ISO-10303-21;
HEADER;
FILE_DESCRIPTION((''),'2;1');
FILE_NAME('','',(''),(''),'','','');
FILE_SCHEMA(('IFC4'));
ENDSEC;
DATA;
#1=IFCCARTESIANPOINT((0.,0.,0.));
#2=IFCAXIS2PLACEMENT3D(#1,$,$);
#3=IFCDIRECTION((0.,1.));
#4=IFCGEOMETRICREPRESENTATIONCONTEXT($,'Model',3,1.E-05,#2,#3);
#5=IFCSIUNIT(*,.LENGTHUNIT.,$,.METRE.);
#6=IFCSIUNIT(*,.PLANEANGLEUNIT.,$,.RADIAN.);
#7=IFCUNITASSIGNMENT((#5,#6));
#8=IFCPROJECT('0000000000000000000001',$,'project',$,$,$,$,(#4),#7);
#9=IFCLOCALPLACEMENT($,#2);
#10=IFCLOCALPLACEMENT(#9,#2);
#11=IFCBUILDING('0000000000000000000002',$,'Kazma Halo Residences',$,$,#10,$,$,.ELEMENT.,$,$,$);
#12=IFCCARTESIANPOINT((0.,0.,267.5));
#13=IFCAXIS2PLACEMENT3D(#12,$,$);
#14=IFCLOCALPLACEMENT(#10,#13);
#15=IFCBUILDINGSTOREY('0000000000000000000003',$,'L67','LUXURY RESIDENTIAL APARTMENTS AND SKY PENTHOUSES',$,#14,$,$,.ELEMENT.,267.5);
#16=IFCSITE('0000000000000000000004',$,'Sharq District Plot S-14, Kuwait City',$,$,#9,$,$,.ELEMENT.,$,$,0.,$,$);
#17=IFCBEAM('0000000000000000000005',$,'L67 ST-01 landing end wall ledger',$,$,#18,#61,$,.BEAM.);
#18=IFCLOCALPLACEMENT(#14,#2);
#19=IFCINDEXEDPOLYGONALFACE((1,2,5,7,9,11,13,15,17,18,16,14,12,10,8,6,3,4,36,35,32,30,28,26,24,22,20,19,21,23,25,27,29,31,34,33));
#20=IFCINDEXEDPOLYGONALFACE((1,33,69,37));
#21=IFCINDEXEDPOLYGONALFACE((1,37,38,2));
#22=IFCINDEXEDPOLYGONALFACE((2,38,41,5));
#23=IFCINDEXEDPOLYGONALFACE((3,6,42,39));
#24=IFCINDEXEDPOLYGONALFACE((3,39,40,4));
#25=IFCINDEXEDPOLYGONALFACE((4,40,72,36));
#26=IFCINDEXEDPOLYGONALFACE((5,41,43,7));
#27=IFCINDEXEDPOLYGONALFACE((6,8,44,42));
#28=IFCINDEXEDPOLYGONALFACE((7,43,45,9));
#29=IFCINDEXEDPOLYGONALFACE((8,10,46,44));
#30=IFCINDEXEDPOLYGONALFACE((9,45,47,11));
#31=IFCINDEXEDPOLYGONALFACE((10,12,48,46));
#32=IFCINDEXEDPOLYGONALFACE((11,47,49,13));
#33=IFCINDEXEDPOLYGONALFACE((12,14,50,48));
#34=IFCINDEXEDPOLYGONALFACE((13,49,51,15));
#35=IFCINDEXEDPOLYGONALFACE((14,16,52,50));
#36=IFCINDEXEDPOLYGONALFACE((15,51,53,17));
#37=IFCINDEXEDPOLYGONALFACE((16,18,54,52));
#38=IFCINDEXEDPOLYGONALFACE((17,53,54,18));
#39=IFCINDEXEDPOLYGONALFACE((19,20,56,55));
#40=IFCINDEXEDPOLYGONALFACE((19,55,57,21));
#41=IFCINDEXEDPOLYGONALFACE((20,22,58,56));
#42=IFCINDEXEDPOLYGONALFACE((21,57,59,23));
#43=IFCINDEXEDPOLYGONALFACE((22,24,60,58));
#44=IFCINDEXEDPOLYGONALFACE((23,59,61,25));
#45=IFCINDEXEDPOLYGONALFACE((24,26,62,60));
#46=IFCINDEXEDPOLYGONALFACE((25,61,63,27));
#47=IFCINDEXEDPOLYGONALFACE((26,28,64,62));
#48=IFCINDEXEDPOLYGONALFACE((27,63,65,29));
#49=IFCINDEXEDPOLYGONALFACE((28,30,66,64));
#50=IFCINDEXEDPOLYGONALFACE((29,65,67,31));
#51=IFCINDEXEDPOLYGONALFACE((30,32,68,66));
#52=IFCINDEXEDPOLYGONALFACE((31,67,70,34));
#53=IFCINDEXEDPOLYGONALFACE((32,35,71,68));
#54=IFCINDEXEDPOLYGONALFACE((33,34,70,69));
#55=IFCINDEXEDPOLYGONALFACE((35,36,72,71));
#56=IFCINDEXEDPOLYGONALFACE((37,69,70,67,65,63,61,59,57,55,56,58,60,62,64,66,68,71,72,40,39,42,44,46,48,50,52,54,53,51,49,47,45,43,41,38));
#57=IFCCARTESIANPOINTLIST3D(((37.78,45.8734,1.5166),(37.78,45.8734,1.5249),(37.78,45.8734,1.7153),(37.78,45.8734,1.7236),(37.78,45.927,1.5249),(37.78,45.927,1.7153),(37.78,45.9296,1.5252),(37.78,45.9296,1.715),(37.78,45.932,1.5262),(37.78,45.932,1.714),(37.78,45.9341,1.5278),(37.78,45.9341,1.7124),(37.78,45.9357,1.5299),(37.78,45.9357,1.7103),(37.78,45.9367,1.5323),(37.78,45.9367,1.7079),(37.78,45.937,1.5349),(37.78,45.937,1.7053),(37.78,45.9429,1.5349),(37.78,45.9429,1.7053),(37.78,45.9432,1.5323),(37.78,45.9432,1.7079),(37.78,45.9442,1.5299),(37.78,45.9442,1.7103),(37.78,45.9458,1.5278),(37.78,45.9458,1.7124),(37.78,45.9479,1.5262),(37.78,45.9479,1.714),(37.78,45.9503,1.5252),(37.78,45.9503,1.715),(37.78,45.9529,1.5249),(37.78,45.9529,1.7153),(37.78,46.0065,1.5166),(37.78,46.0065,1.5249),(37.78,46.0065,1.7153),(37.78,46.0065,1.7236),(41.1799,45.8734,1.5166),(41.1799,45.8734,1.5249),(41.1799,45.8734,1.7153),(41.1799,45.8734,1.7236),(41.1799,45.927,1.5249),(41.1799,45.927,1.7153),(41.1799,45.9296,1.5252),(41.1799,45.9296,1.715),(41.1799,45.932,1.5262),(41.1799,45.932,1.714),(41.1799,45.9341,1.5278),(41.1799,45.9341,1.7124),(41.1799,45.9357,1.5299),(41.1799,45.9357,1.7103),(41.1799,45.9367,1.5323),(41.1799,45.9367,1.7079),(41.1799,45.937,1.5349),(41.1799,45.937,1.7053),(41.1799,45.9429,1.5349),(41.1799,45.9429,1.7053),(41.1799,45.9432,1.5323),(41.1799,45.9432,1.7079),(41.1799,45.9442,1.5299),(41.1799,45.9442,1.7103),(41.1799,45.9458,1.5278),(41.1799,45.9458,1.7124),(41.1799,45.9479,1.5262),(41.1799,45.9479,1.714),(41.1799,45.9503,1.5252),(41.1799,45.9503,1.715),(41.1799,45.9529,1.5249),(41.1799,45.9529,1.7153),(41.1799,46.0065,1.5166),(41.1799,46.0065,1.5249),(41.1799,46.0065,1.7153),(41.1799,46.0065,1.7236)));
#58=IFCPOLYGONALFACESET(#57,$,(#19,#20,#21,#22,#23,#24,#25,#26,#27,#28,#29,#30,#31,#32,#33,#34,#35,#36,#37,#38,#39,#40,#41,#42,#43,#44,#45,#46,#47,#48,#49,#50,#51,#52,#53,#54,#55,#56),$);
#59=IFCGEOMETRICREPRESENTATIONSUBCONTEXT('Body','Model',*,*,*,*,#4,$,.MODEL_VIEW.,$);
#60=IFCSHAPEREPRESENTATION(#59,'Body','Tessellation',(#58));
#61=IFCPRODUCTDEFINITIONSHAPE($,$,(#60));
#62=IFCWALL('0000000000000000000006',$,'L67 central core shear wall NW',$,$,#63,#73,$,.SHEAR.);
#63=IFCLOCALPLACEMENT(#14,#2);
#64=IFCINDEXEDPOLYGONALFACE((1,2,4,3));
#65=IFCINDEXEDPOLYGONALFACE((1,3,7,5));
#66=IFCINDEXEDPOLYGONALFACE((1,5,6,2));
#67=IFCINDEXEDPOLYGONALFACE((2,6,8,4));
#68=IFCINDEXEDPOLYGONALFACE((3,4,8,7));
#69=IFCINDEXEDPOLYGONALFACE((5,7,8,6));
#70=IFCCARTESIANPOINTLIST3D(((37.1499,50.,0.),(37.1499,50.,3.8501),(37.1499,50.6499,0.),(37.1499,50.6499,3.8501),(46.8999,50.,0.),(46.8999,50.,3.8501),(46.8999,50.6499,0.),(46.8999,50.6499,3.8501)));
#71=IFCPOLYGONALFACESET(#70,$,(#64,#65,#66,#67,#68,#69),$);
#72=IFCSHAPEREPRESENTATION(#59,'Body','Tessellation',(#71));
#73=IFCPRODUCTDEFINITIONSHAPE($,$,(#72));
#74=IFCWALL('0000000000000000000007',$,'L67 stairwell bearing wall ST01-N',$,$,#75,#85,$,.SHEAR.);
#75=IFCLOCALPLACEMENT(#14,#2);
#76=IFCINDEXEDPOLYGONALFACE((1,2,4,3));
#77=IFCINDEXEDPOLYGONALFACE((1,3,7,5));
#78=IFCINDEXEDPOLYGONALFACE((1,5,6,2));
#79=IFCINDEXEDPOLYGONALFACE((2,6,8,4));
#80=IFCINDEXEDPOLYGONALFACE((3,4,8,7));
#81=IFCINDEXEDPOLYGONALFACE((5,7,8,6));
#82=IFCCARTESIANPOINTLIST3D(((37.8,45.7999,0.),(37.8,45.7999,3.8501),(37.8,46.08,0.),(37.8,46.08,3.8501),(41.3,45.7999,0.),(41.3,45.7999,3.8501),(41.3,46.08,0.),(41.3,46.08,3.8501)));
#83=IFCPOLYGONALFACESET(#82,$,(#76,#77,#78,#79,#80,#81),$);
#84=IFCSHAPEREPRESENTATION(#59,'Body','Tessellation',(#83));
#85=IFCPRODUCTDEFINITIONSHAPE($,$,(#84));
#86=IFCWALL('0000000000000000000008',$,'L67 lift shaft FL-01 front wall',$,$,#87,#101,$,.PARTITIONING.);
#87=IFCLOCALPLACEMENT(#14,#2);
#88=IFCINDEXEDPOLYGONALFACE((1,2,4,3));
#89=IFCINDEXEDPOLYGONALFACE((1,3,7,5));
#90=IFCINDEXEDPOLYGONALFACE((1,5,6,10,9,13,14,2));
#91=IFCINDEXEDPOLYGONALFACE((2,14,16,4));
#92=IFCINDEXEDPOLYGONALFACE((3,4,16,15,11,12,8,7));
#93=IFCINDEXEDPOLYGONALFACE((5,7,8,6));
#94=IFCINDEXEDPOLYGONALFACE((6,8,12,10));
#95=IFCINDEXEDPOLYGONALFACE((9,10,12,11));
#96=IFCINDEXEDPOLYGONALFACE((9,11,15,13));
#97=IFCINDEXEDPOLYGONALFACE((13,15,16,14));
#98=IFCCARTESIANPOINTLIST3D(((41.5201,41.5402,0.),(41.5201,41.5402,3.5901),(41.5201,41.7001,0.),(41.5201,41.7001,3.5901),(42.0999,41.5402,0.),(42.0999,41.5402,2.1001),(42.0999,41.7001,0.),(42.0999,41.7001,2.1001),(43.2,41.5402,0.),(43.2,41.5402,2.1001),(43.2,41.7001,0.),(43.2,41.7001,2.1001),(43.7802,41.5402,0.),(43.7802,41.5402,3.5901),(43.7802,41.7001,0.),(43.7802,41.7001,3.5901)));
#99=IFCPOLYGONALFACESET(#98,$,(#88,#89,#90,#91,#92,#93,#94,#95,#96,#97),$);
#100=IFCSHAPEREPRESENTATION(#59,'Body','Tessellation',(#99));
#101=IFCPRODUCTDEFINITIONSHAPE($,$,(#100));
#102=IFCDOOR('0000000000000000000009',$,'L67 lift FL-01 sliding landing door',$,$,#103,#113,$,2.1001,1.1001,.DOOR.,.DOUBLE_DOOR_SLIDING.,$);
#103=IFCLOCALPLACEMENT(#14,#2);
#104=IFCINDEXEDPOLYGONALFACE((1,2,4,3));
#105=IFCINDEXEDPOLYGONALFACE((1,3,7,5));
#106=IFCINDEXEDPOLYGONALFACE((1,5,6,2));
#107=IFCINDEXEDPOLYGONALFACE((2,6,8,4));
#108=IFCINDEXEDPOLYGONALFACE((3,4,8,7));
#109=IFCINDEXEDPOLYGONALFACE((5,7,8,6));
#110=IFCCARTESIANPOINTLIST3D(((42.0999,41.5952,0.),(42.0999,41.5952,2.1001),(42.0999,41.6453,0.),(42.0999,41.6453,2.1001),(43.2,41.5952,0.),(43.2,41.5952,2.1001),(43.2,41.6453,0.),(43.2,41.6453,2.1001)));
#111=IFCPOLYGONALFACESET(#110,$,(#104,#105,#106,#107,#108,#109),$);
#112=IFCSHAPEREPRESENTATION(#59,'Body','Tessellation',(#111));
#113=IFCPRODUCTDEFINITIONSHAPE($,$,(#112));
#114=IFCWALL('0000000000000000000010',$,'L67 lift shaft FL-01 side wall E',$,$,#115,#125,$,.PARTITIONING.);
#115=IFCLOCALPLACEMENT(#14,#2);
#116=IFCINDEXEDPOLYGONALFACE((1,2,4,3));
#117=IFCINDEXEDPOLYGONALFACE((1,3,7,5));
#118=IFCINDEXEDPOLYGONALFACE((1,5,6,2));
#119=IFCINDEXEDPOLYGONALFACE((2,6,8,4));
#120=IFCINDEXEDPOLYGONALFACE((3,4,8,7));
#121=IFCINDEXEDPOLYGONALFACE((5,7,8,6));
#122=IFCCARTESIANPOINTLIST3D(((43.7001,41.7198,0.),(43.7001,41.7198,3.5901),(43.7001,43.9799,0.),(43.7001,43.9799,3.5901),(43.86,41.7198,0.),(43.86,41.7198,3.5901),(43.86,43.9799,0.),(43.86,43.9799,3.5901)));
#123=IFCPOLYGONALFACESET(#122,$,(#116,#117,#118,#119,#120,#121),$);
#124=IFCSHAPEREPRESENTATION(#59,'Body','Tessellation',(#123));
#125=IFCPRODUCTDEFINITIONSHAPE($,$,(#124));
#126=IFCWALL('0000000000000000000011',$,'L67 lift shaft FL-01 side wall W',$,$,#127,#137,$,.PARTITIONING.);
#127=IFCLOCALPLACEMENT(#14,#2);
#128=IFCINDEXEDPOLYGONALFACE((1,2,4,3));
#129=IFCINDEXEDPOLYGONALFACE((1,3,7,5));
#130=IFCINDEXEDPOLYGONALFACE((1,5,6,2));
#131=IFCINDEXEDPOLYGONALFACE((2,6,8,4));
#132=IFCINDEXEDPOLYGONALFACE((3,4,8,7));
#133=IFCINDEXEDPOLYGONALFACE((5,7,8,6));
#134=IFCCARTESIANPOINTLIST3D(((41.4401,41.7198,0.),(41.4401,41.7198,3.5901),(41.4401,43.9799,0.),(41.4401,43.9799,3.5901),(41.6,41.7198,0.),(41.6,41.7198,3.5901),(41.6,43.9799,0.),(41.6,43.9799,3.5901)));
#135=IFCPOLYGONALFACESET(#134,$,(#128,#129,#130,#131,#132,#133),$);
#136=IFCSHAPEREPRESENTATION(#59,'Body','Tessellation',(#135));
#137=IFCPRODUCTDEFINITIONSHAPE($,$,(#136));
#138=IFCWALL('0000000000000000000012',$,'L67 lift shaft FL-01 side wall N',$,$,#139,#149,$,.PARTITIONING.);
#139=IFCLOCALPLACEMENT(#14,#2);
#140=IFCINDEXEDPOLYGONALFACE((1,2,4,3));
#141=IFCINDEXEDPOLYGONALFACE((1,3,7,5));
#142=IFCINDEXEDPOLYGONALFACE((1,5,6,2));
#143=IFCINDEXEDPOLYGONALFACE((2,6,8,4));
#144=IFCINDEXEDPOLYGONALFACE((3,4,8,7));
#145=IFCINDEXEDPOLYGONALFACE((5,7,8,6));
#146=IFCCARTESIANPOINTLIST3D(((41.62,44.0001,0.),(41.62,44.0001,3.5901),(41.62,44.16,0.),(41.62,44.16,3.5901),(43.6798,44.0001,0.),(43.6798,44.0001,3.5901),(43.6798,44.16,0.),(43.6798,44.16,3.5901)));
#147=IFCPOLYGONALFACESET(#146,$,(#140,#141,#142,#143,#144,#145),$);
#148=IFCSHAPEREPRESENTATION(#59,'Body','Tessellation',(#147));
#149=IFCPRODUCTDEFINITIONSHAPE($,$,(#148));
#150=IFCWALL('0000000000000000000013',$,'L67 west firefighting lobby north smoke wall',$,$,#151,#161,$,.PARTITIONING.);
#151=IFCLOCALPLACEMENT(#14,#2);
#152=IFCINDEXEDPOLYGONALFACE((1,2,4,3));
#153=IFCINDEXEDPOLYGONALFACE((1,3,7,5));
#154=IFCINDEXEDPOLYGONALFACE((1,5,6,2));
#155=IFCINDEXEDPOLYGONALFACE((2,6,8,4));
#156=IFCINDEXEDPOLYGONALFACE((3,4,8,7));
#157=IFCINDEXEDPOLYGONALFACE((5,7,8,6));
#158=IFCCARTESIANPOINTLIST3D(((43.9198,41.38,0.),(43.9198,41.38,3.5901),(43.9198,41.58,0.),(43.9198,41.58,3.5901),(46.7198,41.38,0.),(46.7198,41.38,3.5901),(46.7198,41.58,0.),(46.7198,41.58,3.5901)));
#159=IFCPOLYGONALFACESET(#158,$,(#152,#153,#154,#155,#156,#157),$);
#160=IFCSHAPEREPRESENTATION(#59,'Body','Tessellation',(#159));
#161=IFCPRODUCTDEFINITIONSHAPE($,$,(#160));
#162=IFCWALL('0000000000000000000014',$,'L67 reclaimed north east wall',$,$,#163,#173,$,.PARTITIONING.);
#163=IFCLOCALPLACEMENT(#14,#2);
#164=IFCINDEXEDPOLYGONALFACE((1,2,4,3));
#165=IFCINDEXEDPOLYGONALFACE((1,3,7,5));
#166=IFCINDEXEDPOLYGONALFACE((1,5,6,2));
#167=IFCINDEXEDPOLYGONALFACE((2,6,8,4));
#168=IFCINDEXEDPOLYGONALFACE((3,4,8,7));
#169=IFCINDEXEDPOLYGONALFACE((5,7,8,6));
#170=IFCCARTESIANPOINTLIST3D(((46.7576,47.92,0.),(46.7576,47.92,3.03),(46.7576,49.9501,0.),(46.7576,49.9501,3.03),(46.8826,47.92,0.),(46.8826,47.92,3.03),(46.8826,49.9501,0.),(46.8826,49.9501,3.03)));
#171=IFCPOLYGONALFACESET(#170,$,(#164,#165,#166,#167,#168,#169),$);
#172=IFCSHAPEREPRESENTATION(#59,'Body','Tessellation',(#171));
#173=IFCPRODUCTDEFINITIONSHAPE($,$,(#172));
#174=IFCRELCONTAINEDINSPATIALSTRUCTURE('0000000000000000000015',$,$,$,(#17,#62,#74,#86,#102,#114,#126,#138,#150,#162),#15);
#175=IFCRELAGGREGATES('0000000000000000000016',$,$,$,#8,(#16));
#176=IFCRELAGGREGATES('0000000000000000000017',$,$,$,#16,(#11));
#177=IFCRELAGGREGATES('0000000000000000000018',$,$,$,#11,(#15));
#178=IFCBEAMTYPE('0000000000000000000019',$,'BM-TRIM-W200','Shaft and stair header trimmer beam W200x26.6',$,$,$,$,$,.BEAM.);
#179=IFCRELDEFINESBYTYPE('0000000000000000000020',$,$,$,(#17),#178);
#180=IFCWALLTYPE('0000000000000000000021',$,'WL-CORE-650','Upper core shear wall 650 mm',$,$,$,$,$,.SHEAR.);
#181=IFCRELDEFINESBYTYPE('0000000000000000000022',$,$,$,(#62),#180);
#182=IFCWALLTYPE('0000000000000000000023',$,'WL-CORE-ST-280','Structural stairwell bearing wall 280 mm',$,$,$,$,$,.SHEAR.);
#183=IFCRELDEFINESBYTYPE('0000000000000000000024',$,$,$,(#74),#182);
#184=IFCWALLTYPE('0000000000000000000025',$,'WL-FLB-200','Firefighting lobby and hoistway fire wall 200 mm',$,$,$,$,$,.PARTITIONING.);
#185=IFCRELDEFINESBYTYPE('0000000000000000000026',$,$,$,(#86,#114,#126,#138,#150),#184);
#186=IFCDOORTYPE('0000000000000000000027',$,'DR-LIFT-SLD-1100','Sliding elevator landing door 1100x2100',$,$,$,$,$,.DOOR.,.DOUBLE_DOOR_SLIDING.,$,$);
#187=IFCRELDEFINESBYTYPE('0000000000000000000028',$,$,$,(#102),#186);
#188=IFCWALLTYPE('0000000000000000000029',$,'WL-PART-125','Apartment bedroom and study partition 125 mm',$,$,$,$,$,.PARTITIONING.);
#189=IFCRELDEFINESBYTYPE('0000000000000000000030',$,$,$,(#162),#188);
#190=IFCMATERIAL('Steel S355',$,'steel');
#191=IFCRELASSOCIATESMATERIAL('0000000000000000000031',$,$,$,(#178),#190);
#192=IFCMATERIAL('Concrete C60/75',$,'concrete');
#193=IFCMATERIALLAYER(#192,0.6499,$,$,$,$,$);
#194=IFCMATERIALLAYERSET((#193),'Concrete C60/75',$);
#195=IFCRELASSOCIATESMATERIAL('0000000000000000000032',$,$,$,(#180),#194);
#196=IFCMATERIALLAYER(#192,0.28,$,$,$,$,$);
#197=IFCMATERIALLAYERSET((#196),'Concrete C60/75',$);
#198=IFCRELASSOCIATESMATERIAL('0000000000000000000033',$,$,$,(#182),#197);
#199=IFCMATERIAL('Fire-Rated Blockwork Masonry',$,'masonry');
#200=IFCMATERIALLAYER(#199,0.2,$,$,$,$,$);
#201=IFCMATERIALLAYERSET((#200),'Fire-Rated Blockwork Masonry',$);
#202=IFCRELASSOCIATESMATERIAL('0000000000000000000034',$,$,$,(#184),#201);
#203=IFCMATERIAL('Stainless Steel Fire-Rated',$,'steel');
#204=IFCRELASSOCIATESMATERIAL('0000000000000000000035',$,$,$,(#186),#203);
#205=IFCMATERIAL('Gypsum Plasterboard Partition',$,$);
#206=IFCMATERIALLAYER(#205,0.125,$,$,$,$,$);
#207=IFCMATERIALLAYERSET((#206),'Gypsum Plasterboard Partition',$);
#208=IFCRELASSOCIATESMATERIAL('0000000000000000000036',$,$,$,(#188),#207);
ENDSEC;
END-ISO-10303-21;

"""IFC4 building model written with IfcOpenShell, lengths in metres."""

from ifc_helpers import new_model, si_unit, direction, frame, frame_2d, origin, origin_2d, place, context, subcontext, project, spatial, rectangle, i_section, extrude, material, layer, layer_set, material_profile, profile_set, type_object, element, fill, save


model = new_model("IFC4")

# Units and contexts
model_context = context("Model", 3, precision=1e-05, world=origin(), true_north=direction((0.0, 1.0)))
body_context = subcontext(model_context, "Body", "Model", "MODEL_VIEW")
ifc_project = project(units=[si_unit("LENGTHUNIT", "METRE"), si_unit("PLANEANGLEUNIT", "RADIAN")], contexts=[model_context])

# Site, building, storey
site_placement = place(None, origin())
site = spatial("IfcSite", under=ifc_project, at=site_placement, Name="Sharq District Plot S-14, Kuwait City", CompositionType="ELEMENT", RefElevation=0.0)
building_placement = place(site_placement, origin())
building = spatial("IfcBuilding", under=site, at=building_placement, Name="Kazma Halo Residences", CompositionType="ELEMENT")
storey_placement = place(building_placement, frame((0.0, 0.0, 267.5)))
storey = spatial("IfcBuildingStorey", under=building, at=storey_placement, Name="L67", Description="LUXURY RESIDENTIAL APARTMENTS AND SKY PENTHOUSES", CompositionType="ELEMENT", Elevation=267.5)

# Shared definitions
ifc_material_1 = material(Name="Steel S355", Category="steel")

# Beam
ifc_material_profile_1 = material_profile(ifc_material_1, i_section(OverallWidth=0.1331, OverallDepth=0.207, WebThickness=0.0059, FlangeThickness=0.0083, FilletRadius=0.01, at=origin_2d()), Name="W200x26.6")
ifc_profile_set_1 = profile_set([ifc_material_profile_1], Name="Steel S355")
beam_type_1 = type_object("IfcBeamType", Name="BM-TRIM-W200", Description="Shaft and stair header trimmer beam W200x26.6", PredefinedType="BEAM", material=ifc_profile_set_1)
beam_1_placement = place(storey_placement, frame((37.78, 45.9399, 1.6201), z_axis=(1.0, 0.0, 0.0), x_axis=(0.0, 1.0, 0.0)))
element("IfcBeam", 1, at=beam_1_placement, inside=storey, type_object=beam_type_1, Name="L67 ST-01 landing end wall ledger", PredefinedType="BEAM", context=body_context, shape_type="SweptSolid", body=[
    extrude(i_section(OverallWidth=0.1331, OverallDepth=0.207, WebThickness=0.0059, FlangeThickness=0.0083, FilletRadius=0.01, at=origin_2d()), origin(), (0.0, 0.0, 1.0), 3.3999),
])

# Walls
ifc_material_2 = material(Name="Concrete C60/75", Category="concrete")
ifc_layer_1 = layer(ifc_material_2, 0.6499)
ifc_layer_set_1 = layer_set([ifc_layer_1], Name="Concrete C60/75")
wall_type_1 = type_object("IfcWallType", Name="WL-CORE-650", Description="Upper core shear wall 650 mm", PredefinedType="SHEAR", material=ifc_layer_set_1)
wall_1_placement = place(storey_placement, frame((37.1499, 50.325, 0.0), z_axis=(0.0, 0.0, 1.0), x_axis=(1.0, 0.0, 0.0)))
element("IfcWall", 2, at=wall_1_placement, inside=storey, type_object=wall_type_1, Name="L67 central core shear wall NW", PredefinedType="SHEAR", context=body_context, shape_type="SweptSolid", body=[
    extrude(rectangle(XDim=9.75, YDim=0.6499, at=frame_2d((4.875, 0.0))), origin(), (0.0, 0.0, 1.0), 3.8501),
])
ifc_layer_2 = layer(ifc_material_2, 0.28)
ifc_layer_set_2 = layer_set([ifc_layer_2], Name="Concrete C60/75")
wall_type_2 = type_object("IfcWallType", Name="WL-CORE-ST-280", Description="Structural stairwell bearing wall 280 mm", PredefinedType="SHEAR", material=ifc_layer_set_2)
wall_2_placement = place(storey_placement, frame((37.8, 45.9399, 0.0), z_axis=(0.0, 0.0, 1.0), x_axis=(1.0, 0.0, 0.0)))
element("IfcWall", 3, at=wall_2_placement, inside=storey, type_object=wall_type_2, Name="L67 stairwell bearing wall ST01-N", PredefinedType="SHEAR", context=body_context, shape_type="SweptSolid", body=[
    extrude(rectangle(XDim=3.5, YDim=0.28, at=frame_2d((1.75, 0.0))), origin(), (0.0, 0.0, 1.0), 3.8501),
])

# Wall, opening, door
ifc_material_3 = material(Name="Fire-Rated Blockwork Masonry", Category="masonry")
ifc_layer_3 = layer(ifc_material_3, 0.2)
ifc_layer_set_3 = layer_set([ifc_layer_3], Name="Fire-Rated Blockwork Masonry")
wall_type_3 = type_object("IfcWallType", Name="WL-FLB-200", Description="Firefighting lobby and hoistway fire wall 200 mm", PredefinedType="PARTITIONING", material=ifc_layer_set_3)
wall_3_placement = place(storey_placement, frame((43.78, 41.6201, 0.0), z_axis=(0.0, 0.0, 1.0), x_axis=(-1.0, 0.0, 0.0)))
wall_3 = element("IfcWall", 4, at=wall_3_placement, inside=storey, type_object=wall_type_3, Name="L67 lift shaft FL-01 front wall", PredefinedType="PARTITIONING", context=body_context, shape_type="SweptSolid", body=[
    extrude(rectangle(XDim=2.26, YDim=0.1599, at=frame_2d((1.1299, 0.0))), origin(), (0.0, 0.0, 1.0), 3.5901),
])
opening_1_placement = place(wall_3_placement, frame((0.5801, 0.0, 0.0)))
opening_1 = element("IfcOpeningElement", 5, at=opening_1_placement, cuts=wall_3, PredefinedType="OPENING", context=body_context, shape_type="SweptSolid", body=[
    extrude(rectangle(XDim=1.1001, YDim=2.1001, at=frame_2d((0.55, 1.05))), frame((0.0, 0.0898, 0.0), z_axis=(0.0, -1.0, 0.0), x_axis=(1.0, 0.0, 0.0)), (0.0, 0.0, 1.0), 0.1799),
])
ifc_material_4 = material(Name="Stainless Steel Fire-Rated", Category="steel")
door_type_1 = type_object("IfcDoorType", Name="DR-LIFT-SLD-1100", Description="Sliding elevator landing door 1100x2100", OperationType="DOUBLE_DOOR_SLIDING", PredefinedType="DOOR", material=ifc_material_4)
door_1_placement = place(opening_1_placement, origin())
door_1 = element("IfcDoor", 6, at=door_1_placement, inside=storey, type_object=door_type_1, Name="L67 lift FL-01 sliding landing door", OperationType="DOUBLE_DOOR_SLIDING", OverallHeight=2.1001, OverallWidth=1.1001, PredefinedType="DOOR", context=body_context, shape_type="SweptSolid", body=[
    extrude(rectangle(XDim=1.1001, YDim=2.1001, at=frame_2d((0.55, 1.05))), frame((0.0, 0.0249, 0.0), z_axis=(0.0, -1.0, 0.0), x_axis=(1.0, 0.0, 0.0)), (0.0, 0.0, 1.0), 0.05),
])
fill(opening_1, door_1)

# Walls
for number, where, z_axis, x_axis, name in (
    (7, (43.78, 41.72, 0.0), (0.0, 0.0, 1.0), (0.0, 1.0, 0.0), "L67 lift shaft FL-01 side wall E"),
    (8, (41.52, 41.72, 0.0), (0.0, 0.0, 1.0), (0.0, 1.0, 0.0), "L67 lift shaft FL-01 side wall W"),
):
    element("IfcWall", number, at=place(storey_placement, frame(where, z_axis=z_axis, x_axis=x_axis)), inside=storey, type_object=wall_type_3, Name=name, PredefinedType="PARTITIONING", context=body_context, shape_type="SweptSolid", body=[
        extrude(rectangle(XDim=2.26, YDim=0.1599, at=frame_2d((1.1299, 0.0))), origin(), (0.0, 0.0, 1.0), 3.5901),
    ])
wall_4_placement = place(storey_placement, frame((41.6201, 44.0801, 0.0), z_axis=(0.0, 0.0, 1.0), x_axis=(1.0, 0.0, 0.0)))
element("IfcWall", 9, at=wall_4_placement, inside=storey, type_object=wall_type_3, Name="L67 lift shaft FL-01 side wall N", PredefinedType="PARTITIONING", context=body_context, shape_type="SweptSolid", body=[
    extrude(rectangle(XDim=2.0598, YDim=0.1599, at=frame_2d((1.0298, 0.0))), origin(), (0.0, 0.0, 1.0), 3.5901),
])
wall_5_placement = place(storey_placement, frame((43.9199, 41.48, 0.0), z_axis=(0.0, 0.0, 1.0), x_axis=(1.0, 0.0, 0.0)))
element("IfcWall", 10, at=wall_5_placement, inside=storey, type_object=wall_type_3, Name="L67 west firefighting lobby north smoke wall", PredefinedType="PARTITIONING", context=body_context, shape_type="SweptSolid", body=[
    extrude(rectangle(XDim=2.8, YDim=0.2, at=frame_2d((1.3999, 0.0))), origin(), (0.0, 0.0, 1.0), 3.5901),
])
ifc_material_5 = material(Name="Gypsum Plasterboard Partition")
ifc_layer_4 = layer(ifc_material_5, 0.125)
ifc_layer_set_4 = layer_set([ifc_layer_4], Name="Gypsum Plasterboard Partition")
wall_type_4 = type_object("IfcWallType", Name="WL-PART-125", Description="Apartment bedroom and study partition 125 mm", PredefinedType="PARTITIONING", material=ifc_layer_set_4)
wall_6_placement = place(storey_placement, frame((46.8201, 47.9199, 0.0), z_axis=(0.0, 0.0, 1.0), x_axis=(0.0, 1.0, 0.0)))
element("IfcWall", 11, at=wall_6_placement, inside=storey, type_object=wall_type_4, Name="L67 reclaimed north east wall", PredefinedType="PARTITIONING", context=body_context, shape_type="SweptSolid", body=[
    extrude(rectangle(XDim=2.03, YDim=0.125, at=frame_2d((1.0151, 0.0))), origin(), (0.0, 0.0, 1.0), 3.03),
])

save(model, "model.ifc")
